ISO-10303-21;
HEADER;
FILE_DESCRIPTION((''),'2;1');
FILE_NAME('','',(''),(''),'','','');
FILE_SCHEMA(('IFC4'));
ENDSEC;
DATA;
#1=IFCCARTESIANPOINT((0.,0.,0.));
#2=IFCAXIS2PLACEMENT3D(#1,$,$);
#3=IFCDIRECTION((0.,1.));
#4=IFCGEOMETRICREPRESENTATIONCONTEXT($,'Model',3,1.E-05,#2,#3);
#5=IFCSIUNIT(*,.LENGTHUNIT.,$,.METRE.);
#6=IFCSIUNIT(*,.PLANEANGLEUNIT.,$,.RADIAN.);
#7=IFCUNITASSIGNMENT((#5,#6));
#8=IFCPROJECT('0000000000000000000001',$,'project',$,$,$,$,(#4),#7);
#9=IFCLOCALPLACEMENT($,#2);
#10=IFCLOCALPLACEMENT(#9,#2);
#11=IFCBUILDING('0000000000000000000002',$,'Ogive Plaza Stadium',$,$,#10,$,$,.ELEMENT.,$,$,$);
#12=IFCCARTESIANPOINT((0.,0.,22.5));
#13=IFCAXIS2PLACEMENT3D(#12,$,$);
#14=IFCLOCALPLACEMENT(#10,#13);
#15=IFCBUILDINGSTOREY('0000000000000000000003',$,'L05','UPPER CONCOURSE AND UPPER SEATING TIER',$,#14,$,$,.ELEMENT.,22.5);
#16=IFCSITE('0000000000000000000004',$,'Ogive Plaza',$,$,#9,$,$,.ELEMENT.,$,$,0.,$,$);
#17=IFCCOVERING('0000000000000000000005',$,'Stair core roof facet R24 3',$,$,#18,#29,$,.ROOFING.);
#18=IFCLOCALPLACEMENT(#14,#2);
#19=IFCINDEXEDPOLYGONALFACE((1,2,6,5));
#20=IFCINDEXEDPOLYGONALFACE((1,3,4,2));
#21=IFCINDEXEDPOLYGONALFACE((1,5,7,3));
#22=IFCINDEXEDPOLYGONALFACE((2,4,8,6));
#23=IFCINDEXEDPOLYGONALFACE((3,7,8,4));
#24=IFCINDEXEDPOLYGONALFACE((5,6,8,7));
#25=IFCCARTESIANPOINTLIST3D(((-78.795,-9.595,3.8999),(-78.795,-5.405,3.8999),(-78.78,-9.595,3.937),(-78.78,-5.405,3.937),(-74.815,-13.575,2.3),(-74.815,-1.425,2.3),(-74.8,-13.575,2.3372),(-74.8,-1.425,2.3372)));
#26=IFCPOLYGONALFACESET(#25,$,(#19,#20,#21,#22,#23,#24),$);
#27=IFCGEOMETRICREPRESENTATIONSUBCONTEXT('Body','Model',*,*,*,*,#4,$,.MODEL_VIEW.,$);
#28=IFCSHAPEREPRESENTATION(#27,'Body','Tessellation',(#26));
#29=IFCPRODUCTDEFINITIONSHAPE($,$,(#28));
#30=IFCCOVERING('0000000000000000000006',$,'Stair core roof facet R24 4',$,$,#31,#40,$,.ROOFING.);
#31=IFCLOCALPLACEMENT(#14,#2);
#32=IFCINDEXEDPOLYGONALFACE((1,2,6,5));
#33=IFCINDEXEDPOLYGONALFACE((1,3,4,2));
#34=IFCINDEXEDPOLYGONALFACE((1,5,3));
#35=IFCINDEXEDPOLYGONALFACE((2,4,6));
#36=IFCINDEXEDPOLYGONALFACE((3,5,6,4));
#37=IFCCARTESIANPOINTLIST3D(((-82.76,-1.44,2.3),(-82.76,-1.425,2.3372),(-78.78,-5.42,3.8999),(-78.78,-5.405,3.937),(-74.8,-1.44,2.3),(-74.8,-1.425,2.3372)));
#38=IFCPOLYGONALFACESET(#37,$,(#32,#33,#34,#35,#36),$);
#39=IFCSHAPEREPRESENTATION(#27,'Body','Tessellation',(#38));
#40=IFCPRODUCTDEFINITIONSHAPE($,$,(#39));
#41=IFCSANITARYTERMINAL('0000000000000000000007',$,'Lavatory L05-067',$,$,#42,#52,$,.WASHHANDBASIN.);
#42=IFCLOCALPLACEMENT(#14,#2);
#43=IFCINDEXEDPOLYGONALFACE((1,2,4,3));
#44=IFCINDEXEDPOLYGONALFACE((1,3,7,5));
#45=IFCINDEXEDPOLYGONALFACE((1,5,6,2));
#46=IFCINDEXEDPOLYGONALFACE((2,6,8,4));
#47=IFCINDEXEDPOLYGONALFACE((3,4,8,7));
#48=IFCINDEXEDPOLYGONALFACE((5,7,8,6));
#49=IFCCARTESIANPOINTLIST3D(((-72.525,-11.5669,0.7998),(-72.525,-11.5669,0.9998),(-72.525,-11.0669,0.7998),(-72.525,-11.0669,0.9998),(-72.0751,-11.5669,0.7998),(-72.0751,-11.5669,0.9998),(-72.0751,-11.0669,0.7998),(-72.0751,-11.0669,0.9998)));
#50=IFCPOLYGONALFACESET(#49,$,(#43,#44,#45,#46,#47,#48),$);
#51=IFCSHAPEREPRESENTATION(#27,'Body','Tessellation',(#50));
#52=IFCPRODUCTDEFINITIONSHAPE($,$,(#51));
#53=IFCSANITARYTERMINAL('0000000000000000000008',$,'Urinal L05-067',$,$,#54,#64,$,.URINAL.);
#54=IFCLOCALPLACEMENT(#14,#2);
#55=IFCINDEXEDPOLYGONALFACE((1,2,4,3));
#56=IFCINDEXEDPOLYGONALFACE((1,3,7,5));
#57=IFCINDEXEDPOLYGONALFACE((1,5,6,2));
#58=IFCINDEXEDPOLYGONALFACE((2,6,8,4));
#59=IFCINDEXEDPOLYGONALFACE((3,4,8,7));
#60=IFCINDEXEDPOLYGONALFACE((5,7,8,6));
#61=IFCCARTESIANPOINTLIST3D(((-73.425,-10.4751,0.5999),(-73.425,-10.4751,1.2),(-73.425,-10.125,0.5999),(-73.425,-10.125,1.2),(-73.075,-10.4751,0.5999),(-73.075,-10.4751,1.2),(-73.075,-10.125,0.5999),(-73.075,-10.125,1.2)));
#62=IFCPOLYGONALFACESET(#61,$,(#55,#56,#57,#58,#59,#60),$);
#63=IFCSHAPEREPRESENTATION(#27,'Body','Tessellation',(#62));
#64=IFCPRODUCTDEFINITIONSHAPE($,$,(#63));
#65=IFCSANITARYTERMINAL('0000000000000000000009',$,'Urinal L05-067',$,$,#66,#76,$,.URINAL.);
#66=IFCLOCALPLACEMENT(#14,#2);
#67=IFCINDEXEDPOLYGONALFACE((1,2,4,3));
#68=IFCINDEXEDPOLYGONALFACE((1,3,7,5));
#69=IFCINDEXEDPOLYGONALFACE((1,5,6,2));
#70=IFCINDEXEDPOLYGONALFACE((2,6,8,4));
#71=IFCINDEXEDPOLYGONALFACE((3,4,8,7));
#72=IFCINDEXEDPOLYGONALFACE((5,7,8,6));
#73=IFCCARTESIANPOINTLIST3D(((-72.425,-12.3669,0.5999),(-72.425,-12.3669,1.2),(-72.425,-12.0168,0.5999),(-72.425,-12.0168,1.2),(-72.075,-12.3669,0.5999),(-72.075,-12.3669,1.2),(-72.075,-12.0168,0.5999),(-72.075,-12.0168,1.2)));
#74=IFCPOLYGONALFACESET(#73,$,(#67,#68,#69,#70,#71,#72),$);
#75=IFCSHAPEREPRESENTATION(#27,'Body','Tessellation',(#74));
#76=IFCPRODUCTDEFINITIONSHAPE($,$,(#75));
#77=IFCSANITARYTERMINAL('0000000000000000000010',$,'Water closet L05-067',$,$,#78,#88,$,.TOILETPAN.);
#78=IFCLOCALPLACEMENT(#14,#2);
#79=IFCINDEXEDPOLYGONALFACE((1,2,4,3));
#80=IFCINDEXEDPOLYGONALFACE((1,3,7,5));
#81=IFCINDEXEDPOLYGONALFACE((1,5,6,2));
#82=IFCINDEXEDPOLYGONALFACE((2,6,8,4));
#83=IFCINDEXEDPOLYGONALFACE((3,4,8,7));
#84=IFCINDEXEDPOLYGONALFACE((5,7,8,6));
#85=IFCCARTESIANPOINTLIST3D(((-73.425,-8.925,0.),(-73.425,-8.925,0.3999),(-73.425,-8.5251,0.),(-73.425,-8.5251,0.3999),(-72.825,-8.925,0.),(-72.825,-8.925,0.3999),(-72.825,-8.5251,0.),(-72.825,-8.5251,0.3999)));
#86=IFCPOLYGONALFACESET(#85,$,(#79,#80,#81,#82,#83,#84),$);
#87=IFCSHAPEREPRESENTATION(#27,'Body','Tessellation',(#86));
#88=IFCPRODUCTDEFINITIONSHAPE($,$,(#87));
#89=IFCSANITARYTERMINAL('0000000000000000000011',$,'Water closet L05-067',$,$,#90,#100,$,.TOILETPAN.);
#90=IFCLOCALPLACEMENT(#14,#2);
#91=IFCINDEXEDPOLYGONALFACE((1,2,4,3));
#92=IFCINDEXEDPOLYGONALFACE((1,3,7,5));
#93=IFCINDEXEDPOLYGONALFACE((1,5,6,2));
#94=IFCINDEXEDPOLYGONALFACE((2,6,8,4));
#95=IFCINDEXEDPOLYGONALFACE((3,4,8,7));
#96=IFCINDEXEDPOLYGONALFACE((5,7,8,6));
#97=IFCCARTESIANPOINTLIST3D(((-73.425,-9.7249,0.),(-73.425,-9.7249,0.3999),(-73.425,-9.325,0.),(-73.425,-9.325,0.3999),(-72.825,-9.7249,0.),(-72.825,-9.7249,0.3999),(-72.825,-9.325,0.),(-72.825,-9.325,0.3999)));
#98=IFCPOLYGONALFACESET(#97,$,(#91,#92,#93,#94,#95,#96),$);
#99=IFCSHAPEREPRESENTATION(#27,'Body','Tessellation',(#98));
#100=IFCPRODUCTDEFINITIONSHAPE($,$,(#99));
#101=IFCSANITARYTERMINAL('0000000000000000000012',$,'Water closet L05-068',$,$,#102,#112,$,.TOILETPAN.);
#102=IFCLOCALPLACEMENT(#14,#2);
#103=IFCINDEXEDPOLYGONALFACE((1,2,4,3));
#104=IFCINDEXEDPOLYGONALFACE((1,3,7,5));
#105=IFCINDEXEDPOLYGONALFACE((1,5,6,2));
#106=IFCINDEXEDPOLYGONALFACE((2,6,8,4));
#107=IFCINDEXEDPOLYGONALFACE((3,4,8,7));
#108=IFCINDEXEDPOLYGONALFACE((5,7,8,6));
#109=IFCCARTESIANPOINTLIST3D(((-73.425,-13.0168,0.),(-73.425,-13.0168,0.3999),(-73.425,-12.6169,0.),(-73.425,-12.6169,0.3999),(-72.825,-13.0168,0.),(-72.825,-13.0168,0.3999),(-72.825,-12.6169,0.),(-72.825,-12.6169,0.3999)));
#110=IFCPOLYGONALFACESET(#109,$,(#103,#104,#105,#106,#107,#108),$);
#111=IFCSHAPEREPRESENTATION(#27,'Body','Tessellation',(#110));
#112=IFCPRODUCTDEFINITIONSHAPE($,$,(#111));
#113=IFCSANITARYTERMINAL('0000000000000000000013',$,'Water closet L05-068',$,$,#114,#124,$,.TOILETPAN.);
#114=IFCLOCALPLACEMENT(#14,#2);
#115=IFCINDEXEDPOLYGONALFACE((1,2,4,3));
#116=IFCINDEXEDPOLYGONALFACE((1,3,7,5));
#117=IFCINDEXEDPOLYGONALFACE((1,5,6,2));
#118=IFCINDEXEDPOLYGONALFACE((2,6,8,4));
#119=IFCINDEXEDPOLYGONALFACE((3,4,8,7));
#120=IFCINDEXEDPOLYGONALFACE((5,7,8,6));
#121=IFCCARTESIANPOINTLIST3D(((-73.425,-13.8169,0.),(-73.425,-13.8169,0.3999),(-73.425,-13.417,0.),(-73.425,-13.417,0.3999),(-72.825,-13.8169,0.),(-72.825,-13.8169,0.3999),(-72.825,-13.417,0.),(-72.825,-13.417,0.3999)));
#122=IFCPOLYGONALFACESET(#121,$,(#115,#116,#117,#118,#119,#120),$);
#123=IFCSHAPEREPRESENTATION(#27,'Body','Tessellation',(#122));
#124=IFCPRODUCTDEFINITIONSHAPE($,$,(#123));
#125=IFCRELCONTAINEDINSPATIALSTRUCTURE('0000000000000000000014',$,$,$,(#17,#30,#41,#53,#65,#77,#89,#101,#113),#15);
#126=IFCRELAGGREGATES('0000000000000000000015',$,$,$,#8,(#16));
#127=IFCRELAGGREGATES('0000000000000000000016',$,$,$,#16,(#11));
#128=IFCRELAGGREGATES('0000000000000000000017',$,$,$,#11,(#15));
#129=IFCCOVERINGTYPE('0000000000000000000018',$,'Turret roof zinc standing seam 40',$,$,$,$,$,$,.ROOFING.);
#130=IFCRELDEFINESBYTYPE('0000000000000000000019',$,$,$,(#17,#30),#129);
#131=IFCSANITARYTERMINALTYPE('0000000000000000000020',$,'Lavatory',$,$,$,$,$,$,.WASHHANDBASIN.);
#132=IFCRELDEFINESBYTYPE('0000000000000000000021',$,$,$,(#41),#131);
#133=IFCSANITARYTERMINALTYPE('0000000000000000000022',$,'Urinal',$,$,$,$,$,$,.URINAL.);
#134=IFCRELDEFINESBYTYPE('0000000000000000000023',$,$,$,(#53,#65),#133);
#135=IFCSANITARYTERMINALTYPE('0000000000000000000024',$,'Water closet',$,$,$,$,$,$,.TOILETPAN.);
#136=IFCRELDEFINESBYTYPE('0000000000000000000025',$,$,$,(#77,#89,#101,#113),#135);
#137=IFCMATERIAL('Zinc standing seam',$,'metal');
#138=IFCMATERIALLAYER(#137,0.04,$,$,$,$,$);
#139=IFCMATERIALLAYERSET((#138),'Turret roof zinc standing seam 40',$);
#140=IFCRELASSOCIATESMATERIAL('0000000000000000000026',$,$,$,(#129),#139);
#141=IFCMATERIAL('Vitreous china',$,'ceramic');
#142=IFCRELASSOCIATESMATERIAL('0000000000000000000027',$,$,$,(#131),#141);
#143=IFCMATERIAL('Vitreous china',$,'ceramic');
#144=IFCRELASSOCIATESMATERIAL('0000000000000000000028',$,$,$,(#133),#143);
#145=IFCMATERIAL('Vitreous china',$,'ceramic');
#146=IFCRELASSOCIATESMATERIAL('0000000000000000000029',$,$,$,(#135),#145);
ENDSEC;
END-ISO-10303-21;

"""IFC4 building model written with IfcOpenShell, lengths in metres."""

from ifc_helpers import new_model, si_unit, direction, frame, origin, origin_2d, place, context, subcontext, project, spatial, polyline, rectangle, outline, extrude, material, layer, layer_set, type_object, element, save


model = new_model("IFC4")

# Units and contexts
model_context = context("Model", 3, precision=1e-05, world=origin(), true_north=direction((0.0, 1.0)))
body_context = subcontext(model_context, "Body", "Model", "MODEL_VIEW")
ifc_project = project(units=[si_unit("LENGTHUNIT", "METRE"), si_unit("PLANEANGLEUNIT", "RADIAN")], contexts=[model_context])

# Site, building, storey
site_placement = place(None, origin())
site = spatial("IfcSite", under=ifc_project, at=site_placement, Name="Ogive Plaza", CompositionType="ELEMENT", RefElevation=0.0)
building_placement = place(site_placement, origin())
building = spatial("IfcBuilding", under=site, at=building_placement, Name="Ogive Plaza Stadium", CompositionType="ELEMENT")
storey_placement = place(building_placement, frame((0.0, 0.0, 22.5)))
storey = spatial("IfcBuildingStorey", under=building, at=storey_placement, Name="L05", Description="UPPER CONCOURSE AND UPPER SEATING TIER", CompositionType="ELEMENT", Elevation=22.5)

# Coverings
ifc_material_1 = material(Name="Zinc standing seam", Category="metal")
ifc_layer_1 = layer(ifc_material_1, 0.04)
ifc_layer_set_1 = layer_set([ifc_layer_1], Name="Turret roof zinc standing seam 40")
covering_type = type_object("IfcCoveringType", Name="Turret roof zinc standing seam 40", PredefinedType="ROOFING", material=ifc_layer_set_1)
covering_1_placement = place(storey_placement, frame((-74.8, -13.575, 2.3372), z_axis=(0.37297, 0.0, 0.927843), x_axis=(0.0, 1.0, 0.0)))
element("IfcCovering", 1, at=covering_1_placement, inside=storey, type_object=covering_type, Name="Stair core roof facet R24 3", PredefinedType="ROOFING", context=body_context, shape_type="SweptSolid", body=[
    extrude(outline(polyline([(0.0, 0.0), (12.1499, 0.0), (8.1699, 4.2895), (3.98, 4.2895), (0.0, 0.0)])), origin(), (0.0, 0.0, -1.0), 0.04),
])
covering_2_placement = place(storey_placement, frame((-74.8, -1.425, 2.3372), z_axis=(0.0, 0.37297, 0.927843), x_axis=(-1.0, 0.0, 0.0)))
element("IfcCovering", 2, at=covering_2_placement, inside=storey, type_object=covering_type, Name="Stair core roof facet R24 4", PredefinedType="ROOFING", context=body_context, shape_type="SweptSolid", body=[
    extrude(outline(polyline([(0.0, 0.0), (7.96, 0.0), (3.98, 4.2895), (0.0, 0.0)])), origin(), (0.0, 0.0, -1.0), 0.04),
])

# Sanitary terminals
ifc_material_2 = material(Name="Vitreous china", Category="ceramic")
sanitary_terminal_type_1 = type_object("IfcSanitaryTerminalType", Name="Lavatory", PredefinedType="WASHHANDBASIN", material=ifc_material_2)
sanitary_terminal_placement = place(storey_placement, frame((-72.3, -11.3169, 0.7998), z_axis=(0.0, 0.0, 1.0), x_axis=(0.0, 1.0, 0.0)))
element("IfcSanitaryTerminal", 3, at=sanitary_terminal_placement, inside=storey, type_object=sanitary_terminal_type_1, Name="Lavatory L05-067", PredefinedType="WASHHANDBASIN", context=body_context, shape_type="SweptSolid", body=[
    extrude(rectangle(XDim=0.5, YDim=0.45, at=origin_2d()), origin(), (0.0, 0.0, 1.0), 0.2),
])
ifc_material_3 = material(Name="Vitreous china", Category="ceramic")
sanitary_terminal_type_2 = type_object("IfcSanitaryTerminalType", Name="Urinal", PredefinedType="URINAL", material=ifc_material_3)
for number, where, z_axis, x_axis, name in (
    (4, (-73.25, -10.3, 0.5999), (0.0, 0.0, 1.0), (0.0, -1.0, 0.0), "Urinal L05-067"),
    (5, (-72.25, -12.1919, 0.5999), (0.0, 0.0, 1.0), (0.0, 1.0, 0.0), "Urinal L05-067"),
):
    element("IfcSanitaryTerminal", number, at=place(storey_placement, frame(where, z_axis=z_axis, x_axis=x_axis)), inside=storey, type_object=sanitary_terminal_type_2, Name=name, PredefinedType="URINAL", context=body_context, shape_type="SweptSolid", body=[
        extrude(rectangle(XDim=0.3501, YDim=0.3501, at=origin_2d()), origin(), (0.0, 0.0, 1.0), 0.6001),
    ])
ifc_material_4 = material(Name="Vitreous china", Category="ceramic")
sanitary_terminal_type_3 = type_object("IfcSanitaryTerminalType", Name="Water closet", PredefinedType="TOILETPAN", material=ifc_material_4)
for number, where, z_axis, x_axis, name in (
    (6, (-73.125, -8.7251, 0.0), (0.0, 0.0, 1.0), (0.0, -1.0, 0.0), "Water closet L05-067"),
    (7, (-73.125, -9.5249, 0.0), (0.0, 0.0, 1.0), (0.0, -1.0, 0.0), "Water closet L05-067"),
    (8, (-73.125, -12.8169, 0.0), (0.0, 0.0, 1.0), (0.0, -1.0, 0.0), "Water closet L05-068"),
    (9, (-73.125, -13.6169, 0.0), (0.0, 0.0, 1.0), (0.0, -1.0, 0.0), "Water closet L05-068"),
):
    element("IfcSanitaryTerminal", number, at=place(storey_placement, frame(where, z_axis=z_axis, x_axis=x_axis)), inside=storey, type_object=sanitary_terminal_type_3, Name=name, PredefinedType="TOILETPAN", context=body_context, shape_type="SweptSolid", body=[
        extrude(rectangle(XDim=0.3999, YDim=0.6001, at=origin_2d()), origin(), (0.0, 0.0, 1.0), 0.3999),
    ])

save(model, "model.ifc")
